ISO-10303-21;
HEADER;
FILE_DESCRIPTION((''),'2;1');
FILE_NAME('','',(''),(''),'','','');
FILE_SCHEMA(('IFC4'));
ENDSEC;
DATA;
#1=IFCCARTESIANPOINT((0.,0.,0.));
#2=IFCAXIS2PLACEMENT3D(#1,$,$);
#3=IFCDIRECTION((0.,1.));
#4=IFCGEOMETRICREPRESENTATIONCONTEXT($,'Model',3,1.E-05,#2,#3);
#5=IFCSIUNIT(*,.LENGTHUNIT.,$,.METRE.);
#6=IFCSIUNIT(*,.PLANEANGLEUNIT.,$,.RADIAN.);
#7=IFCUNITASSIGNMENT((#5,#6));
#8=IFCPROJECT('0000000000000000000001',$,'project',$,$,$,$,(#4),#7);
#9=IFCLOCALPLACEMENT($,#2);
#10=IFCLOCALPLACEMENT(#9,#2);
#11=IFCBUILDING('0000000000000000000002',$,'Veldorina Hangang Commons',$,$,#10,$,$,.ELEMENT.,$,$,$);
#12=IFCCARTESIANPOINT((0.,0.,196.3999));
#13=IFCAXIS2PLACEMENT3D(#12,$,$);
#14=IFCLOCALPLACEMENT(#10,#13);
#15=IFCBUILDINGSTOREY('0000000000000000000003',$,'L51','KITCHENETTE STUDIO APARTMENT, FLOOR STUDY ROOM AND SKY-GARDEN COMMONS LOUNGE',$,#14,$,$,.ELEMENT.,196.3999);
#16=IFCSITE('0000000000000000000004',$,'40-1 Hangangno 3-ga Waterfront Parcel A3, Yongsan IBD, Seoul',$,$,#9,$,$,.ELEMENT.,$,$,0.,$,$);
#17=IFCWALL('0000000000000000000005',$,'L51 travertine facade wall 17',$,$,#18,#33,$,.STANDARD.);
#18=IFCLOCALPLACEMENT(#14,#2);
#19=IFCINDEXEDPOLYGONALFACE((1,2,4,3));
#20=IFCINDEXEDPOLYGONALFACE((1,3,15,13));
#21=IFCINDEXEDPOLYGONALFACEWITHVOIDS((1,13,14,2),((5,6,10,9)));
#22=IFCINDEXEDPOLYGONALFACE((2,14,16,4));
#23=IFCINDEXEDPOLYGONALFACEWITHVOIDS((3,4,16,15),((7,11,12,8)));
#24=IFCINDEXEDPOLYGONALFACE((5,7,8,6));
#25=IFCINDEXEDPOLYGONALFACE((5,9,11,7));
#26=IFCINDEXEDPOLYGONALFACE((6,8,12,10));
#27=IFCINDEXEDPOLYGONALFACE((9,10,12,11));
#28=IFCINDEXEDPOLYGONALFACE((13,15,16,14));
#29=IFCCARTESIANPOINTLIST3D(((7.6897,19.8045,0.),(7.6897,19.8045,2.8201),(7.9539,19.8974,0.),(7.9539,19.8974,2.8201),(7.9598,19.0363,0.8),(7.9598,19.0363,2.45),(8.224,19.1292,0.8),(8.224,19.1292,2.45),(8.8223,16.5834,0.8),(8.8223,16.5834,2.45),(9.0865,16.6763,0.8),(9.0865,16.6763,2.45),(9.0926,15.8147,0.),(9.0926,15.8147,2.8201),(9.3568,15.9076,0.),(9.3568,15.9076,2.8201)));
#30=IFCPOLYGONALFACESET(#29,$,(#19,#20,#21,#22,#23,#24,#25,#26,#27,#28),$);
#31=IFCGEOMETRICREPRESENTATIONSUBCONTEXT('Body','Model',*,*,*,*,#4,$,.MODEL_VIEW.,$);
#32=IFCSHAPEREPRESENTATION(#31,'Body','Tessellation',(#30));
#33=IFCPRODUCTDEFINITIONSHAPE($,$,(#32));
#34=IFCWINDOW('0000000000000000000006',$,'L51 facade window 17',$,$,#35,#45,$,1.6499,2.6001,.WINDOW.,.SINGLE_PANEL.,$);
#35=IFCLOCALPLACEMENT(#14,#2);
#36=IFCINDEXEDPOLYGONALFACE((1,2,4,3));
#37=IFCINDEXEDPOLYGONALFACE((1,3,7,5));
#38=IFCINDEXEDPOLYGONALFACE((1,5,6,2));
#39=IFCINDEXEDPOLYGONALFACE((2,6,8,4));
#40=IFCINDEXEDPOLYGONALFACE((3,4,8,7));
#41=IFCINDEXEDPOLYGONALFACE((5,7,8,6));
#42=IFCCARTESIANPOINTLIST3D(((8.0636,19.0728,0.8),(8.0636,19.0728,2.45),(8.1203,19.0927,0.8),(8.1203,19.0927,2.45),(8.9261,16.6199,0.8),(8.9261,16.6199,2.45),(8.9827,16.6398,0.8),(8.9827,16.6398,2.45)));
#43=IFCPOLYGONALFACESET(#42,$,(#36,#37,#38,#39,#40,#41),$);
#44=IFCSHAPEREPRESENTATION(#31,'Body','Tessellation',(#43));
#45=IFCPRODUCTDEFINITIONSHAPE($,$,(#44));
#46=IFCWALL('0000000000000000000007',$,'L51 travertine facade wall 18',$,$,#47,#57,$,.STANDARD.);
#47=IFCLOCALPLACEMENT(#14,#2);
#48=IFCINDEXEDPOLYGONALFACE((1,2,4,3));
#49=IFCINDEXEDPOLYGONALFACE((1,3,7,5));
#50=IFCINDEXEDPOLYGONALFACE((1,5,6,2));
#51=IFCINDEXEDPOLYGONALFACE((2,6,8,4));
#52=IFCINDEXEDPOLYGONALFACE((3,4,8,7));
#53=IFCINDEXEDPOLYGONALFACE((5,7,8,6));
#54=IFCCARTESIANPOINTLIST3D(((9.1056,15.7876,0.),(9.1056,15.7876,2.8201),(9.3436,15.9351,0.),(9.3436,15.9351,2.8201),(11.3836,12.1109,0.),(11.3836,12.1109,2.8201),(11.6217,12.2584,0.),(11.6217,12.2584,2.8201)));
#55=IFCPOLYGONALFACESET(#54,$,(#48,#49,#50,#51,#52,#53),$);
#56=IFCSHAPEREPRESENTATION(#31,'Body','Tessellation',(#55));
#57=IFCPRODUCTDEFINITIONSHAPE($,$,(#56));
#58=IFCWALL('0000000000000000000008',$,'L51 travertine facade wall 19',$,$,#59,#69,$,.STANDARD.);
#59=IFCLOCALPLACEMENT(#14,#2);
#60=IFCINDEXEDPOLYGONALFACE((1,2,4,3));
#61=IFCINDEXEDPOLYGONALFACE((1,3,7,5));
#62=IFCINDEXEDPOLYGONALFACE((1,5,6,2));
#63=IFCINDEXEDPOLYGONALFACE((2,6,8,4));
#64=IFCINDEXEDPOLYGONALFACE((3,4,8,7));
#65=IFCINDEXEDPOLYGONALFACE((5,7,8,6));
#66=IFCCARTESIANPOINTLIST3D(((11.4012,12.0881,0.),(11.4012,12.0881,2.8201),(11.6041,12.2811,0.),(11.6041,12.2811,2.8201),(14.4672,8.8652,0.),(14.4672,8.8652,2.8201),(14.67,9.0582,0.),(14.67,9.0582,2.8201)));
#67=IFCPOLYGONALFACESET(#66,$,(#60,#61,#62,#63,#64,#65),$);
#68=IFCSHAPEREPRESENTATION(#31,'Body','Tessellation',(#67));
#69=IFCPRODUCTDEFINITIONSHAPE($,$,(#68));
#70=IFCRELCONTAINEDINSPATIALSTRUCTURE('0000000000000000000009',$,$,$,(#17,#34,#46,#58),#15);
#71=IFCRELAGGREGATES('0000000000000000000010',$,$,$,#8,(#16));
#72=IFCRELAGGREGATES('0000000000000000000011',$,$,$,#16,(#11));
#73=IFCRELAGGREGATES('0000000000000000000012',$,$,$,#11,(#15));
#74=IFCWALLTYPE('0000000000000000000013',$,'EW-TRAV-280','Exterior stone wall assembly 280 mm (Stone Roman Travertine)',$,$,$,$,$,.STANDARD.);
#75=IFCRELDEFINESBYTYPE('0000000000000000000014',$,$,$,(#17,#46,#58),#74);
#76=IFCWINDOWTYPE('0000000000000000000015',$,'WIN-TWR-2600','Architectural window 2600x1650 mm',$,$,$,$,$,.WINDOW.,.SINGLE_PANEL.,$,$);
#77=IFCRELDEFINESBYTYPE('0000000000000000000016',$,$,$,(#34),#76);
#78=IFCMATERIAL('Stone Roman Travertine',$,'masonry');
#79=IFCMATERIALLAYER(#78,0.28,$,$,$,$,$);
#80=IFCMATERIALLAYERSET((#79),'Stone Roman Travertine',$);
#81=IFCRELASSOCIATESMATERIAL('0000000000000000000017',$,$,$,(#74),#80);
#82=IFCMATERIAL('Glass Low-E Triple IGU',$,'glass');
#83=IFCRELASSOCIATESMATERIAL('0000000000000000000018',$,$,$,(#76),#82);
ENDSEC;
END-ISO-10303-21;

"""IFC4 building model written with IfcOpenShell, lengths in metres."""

from ifc_helpers import new_model, si_unit, direction, frame, frame_2d, origin, place, context, subcontext, project, spatial, rectangle, extrude, material, layer, layer_set, type_object, element, fill, save


model = new_model("IFC4")

# Units and contexts
model_context = context("Model", 3, precision=1e-05, world=origin(), true_north=direction((0.0, 1.0)))
body_context = subcontext(model_context, "Body", "Model", "MODEL_VIEW")
ifc_project = project(units=[si_unit("LENGTHUNIT", "METRE"), si_unit("PLANEANGLEUNIT", "RADIAN")], contexts=[model_context])

# Site, building, storey
site_placement = place(None, origin())
site = spatial("IfcSite", under=ifc_project, at=site_placement, Name="40-1 Hangangno 3-ga Waterfront Parcel A3, Yongsan IBD, Seoul", CompositionType="ELEMENT", RefElevation=0.0)
building_placement = place(site_placement, origin())
building = spatial("IfcBuilding", under=site, at=building_placement, Name="Veldorina Hangang Commons", CompositionType="ELEMENT")
storey_placement = place(building_placement, frame((0.0, 0.0, 196.3999)))
storey = spatial("IfcBuildingStorey", under=building, at=storey_placement, Name="L51", Description="KITCHENETTE STUDIO APARTMENT, FLOOR STUDY ROOM AND SKY-GARDEN COMMONS LOUNGE", CompositionType="ELEMENT", Elevation=196.3999)

# Wall, opening, window
ifc_material_1 = material(Name="Stone Roman Travertine", Category="masonry")
ifc_layer_1 = layer(ifc_material_1, 0.28)
ifc_layer_set_1 = layer_set([ifc_layer_1], Name="Stone Roman Travertine")
wall_type = type_object("IfcWallType", Name="EW-TRAV-280", Description="Exterior stone wall assembly 280 mm (Stone Roman Travertine)", PredefinedType="STANDARD", material=ifc_layer_set_1)
wall_1_placement = place(storey_placement, frame((7.8218, 19.8511, 0.0), z_axis=(0.0, 0.0, 1.0), x_axis=(0.331703, -0.943384, 0.0)))
wall_1 = element("IfcWall", 1, at=wall_1_placement, inside=storey, type_object=wall_type, Name="L51 travertine facade wall 17", PredefinedType="STANDARD", context=body_context, shape_type="SweptSolid", body=[
    extrude(rectangle(XDim=4.2292, YDim=0.28, at=frame_2d((2.1147, 0.0))), origin(), (0.0, 0.0, 1.0), 2.8201),
])
opening_placement = place(wall_1_placement, frame((0.8145, 0.0, 0.8)))
opening = element("IfcOpeningElement", 2, at=opening_placement, cuts=wall_1, PredefinedType="OPENING", context=body_context, shape_type="SweptSolid", body=[
    extrude(rectangle(XDim=2.6001, YDim=1.6499, at=frame_2d((1.3, 0.825))), frame((0.0, 0.1499, 0.0), z_axis=(0.0, -1.0, 0.0), x_axis=(1.0, 0.0, 0.0)), (0.0, 0.0, 1.0), 0.3),
])
ifc_material_2 = material(Name="Glass Low-E Triple IGU", Category="glass")
window_type = type_object("IfcWindowType", Name="WIN-TWR-2600", Description="Architectural window 2600x1650 mm", PartitioningType="SINGLE_PANEL", PredefinedType="WINDOW", material=ifc_material_2)
window_placement = place(opening_placement, origin())
window = element("IfcWindow", 3, at=window_placement, inside=storey, type_object=window_type, Name="L51 facade window 17", OverallHeight=1.6499, OverallWidth=2.6001, PartitioningType="SINGLE_PANEL", PredefinedType="WINDOW", context=body_context, shape_type="SweptSolid", body=[
    extrude(rectangle(XDim=2.6001, YDim=1.6499, at=frame_2d((1.3, 0.825))), frame((0.0, 0.03, 0.0), z_axis=(0.0, -1.0, 0.0), x_axis=(1.0, 0.0, 0.0)), (0.0, 0.0, 1.0), 0.0601),
])
fill(opening, window)

# Walls
wall_2_placement = place(storey_placement, frame((9.2246, 15.8613, 0.0), z_axis=(0.0, 0.0, 1.0), x_axis=(0.526687, -0.850059, 0.0)))
element("IfcWall", 4, at=wall_2_placement, inside=storey, type_object=wall_type, Name="L51 travertine facade wall 18", PredefinedType="STANDARD", context=body_context, shape_type="SweptSolid", body=[
    extrude(rectangle(XDim=4.3252, YDim=0.28, at=frame_2d((2.1626, 0.0))), origin(), (0.0, 0.0, 1.0), 2.8201),
])
wall_3_placement = place(storey_placement, frame((11.5027, 12.1846, 0.0), z_axis=(0.0, 0.0, 1.0), x_axis=(0.689241, -0.724532, 0.0)))
element("IfcWall", 5, at=wall_3_placement, inside=storey, type_object=wall_type, Name="L51 travertine facade wall 19", PredefinedType="STANDARD", context=body_context, shape_type="SweptSolid", body=[
    extrude(rectangle(XDim=4.4482, YDim=0.28, at=frame_2d((2.2241, 0.0))), origin(), (0.0, 0.0, 1.0), 2.8201),
])

save(model, "model.ifc")
